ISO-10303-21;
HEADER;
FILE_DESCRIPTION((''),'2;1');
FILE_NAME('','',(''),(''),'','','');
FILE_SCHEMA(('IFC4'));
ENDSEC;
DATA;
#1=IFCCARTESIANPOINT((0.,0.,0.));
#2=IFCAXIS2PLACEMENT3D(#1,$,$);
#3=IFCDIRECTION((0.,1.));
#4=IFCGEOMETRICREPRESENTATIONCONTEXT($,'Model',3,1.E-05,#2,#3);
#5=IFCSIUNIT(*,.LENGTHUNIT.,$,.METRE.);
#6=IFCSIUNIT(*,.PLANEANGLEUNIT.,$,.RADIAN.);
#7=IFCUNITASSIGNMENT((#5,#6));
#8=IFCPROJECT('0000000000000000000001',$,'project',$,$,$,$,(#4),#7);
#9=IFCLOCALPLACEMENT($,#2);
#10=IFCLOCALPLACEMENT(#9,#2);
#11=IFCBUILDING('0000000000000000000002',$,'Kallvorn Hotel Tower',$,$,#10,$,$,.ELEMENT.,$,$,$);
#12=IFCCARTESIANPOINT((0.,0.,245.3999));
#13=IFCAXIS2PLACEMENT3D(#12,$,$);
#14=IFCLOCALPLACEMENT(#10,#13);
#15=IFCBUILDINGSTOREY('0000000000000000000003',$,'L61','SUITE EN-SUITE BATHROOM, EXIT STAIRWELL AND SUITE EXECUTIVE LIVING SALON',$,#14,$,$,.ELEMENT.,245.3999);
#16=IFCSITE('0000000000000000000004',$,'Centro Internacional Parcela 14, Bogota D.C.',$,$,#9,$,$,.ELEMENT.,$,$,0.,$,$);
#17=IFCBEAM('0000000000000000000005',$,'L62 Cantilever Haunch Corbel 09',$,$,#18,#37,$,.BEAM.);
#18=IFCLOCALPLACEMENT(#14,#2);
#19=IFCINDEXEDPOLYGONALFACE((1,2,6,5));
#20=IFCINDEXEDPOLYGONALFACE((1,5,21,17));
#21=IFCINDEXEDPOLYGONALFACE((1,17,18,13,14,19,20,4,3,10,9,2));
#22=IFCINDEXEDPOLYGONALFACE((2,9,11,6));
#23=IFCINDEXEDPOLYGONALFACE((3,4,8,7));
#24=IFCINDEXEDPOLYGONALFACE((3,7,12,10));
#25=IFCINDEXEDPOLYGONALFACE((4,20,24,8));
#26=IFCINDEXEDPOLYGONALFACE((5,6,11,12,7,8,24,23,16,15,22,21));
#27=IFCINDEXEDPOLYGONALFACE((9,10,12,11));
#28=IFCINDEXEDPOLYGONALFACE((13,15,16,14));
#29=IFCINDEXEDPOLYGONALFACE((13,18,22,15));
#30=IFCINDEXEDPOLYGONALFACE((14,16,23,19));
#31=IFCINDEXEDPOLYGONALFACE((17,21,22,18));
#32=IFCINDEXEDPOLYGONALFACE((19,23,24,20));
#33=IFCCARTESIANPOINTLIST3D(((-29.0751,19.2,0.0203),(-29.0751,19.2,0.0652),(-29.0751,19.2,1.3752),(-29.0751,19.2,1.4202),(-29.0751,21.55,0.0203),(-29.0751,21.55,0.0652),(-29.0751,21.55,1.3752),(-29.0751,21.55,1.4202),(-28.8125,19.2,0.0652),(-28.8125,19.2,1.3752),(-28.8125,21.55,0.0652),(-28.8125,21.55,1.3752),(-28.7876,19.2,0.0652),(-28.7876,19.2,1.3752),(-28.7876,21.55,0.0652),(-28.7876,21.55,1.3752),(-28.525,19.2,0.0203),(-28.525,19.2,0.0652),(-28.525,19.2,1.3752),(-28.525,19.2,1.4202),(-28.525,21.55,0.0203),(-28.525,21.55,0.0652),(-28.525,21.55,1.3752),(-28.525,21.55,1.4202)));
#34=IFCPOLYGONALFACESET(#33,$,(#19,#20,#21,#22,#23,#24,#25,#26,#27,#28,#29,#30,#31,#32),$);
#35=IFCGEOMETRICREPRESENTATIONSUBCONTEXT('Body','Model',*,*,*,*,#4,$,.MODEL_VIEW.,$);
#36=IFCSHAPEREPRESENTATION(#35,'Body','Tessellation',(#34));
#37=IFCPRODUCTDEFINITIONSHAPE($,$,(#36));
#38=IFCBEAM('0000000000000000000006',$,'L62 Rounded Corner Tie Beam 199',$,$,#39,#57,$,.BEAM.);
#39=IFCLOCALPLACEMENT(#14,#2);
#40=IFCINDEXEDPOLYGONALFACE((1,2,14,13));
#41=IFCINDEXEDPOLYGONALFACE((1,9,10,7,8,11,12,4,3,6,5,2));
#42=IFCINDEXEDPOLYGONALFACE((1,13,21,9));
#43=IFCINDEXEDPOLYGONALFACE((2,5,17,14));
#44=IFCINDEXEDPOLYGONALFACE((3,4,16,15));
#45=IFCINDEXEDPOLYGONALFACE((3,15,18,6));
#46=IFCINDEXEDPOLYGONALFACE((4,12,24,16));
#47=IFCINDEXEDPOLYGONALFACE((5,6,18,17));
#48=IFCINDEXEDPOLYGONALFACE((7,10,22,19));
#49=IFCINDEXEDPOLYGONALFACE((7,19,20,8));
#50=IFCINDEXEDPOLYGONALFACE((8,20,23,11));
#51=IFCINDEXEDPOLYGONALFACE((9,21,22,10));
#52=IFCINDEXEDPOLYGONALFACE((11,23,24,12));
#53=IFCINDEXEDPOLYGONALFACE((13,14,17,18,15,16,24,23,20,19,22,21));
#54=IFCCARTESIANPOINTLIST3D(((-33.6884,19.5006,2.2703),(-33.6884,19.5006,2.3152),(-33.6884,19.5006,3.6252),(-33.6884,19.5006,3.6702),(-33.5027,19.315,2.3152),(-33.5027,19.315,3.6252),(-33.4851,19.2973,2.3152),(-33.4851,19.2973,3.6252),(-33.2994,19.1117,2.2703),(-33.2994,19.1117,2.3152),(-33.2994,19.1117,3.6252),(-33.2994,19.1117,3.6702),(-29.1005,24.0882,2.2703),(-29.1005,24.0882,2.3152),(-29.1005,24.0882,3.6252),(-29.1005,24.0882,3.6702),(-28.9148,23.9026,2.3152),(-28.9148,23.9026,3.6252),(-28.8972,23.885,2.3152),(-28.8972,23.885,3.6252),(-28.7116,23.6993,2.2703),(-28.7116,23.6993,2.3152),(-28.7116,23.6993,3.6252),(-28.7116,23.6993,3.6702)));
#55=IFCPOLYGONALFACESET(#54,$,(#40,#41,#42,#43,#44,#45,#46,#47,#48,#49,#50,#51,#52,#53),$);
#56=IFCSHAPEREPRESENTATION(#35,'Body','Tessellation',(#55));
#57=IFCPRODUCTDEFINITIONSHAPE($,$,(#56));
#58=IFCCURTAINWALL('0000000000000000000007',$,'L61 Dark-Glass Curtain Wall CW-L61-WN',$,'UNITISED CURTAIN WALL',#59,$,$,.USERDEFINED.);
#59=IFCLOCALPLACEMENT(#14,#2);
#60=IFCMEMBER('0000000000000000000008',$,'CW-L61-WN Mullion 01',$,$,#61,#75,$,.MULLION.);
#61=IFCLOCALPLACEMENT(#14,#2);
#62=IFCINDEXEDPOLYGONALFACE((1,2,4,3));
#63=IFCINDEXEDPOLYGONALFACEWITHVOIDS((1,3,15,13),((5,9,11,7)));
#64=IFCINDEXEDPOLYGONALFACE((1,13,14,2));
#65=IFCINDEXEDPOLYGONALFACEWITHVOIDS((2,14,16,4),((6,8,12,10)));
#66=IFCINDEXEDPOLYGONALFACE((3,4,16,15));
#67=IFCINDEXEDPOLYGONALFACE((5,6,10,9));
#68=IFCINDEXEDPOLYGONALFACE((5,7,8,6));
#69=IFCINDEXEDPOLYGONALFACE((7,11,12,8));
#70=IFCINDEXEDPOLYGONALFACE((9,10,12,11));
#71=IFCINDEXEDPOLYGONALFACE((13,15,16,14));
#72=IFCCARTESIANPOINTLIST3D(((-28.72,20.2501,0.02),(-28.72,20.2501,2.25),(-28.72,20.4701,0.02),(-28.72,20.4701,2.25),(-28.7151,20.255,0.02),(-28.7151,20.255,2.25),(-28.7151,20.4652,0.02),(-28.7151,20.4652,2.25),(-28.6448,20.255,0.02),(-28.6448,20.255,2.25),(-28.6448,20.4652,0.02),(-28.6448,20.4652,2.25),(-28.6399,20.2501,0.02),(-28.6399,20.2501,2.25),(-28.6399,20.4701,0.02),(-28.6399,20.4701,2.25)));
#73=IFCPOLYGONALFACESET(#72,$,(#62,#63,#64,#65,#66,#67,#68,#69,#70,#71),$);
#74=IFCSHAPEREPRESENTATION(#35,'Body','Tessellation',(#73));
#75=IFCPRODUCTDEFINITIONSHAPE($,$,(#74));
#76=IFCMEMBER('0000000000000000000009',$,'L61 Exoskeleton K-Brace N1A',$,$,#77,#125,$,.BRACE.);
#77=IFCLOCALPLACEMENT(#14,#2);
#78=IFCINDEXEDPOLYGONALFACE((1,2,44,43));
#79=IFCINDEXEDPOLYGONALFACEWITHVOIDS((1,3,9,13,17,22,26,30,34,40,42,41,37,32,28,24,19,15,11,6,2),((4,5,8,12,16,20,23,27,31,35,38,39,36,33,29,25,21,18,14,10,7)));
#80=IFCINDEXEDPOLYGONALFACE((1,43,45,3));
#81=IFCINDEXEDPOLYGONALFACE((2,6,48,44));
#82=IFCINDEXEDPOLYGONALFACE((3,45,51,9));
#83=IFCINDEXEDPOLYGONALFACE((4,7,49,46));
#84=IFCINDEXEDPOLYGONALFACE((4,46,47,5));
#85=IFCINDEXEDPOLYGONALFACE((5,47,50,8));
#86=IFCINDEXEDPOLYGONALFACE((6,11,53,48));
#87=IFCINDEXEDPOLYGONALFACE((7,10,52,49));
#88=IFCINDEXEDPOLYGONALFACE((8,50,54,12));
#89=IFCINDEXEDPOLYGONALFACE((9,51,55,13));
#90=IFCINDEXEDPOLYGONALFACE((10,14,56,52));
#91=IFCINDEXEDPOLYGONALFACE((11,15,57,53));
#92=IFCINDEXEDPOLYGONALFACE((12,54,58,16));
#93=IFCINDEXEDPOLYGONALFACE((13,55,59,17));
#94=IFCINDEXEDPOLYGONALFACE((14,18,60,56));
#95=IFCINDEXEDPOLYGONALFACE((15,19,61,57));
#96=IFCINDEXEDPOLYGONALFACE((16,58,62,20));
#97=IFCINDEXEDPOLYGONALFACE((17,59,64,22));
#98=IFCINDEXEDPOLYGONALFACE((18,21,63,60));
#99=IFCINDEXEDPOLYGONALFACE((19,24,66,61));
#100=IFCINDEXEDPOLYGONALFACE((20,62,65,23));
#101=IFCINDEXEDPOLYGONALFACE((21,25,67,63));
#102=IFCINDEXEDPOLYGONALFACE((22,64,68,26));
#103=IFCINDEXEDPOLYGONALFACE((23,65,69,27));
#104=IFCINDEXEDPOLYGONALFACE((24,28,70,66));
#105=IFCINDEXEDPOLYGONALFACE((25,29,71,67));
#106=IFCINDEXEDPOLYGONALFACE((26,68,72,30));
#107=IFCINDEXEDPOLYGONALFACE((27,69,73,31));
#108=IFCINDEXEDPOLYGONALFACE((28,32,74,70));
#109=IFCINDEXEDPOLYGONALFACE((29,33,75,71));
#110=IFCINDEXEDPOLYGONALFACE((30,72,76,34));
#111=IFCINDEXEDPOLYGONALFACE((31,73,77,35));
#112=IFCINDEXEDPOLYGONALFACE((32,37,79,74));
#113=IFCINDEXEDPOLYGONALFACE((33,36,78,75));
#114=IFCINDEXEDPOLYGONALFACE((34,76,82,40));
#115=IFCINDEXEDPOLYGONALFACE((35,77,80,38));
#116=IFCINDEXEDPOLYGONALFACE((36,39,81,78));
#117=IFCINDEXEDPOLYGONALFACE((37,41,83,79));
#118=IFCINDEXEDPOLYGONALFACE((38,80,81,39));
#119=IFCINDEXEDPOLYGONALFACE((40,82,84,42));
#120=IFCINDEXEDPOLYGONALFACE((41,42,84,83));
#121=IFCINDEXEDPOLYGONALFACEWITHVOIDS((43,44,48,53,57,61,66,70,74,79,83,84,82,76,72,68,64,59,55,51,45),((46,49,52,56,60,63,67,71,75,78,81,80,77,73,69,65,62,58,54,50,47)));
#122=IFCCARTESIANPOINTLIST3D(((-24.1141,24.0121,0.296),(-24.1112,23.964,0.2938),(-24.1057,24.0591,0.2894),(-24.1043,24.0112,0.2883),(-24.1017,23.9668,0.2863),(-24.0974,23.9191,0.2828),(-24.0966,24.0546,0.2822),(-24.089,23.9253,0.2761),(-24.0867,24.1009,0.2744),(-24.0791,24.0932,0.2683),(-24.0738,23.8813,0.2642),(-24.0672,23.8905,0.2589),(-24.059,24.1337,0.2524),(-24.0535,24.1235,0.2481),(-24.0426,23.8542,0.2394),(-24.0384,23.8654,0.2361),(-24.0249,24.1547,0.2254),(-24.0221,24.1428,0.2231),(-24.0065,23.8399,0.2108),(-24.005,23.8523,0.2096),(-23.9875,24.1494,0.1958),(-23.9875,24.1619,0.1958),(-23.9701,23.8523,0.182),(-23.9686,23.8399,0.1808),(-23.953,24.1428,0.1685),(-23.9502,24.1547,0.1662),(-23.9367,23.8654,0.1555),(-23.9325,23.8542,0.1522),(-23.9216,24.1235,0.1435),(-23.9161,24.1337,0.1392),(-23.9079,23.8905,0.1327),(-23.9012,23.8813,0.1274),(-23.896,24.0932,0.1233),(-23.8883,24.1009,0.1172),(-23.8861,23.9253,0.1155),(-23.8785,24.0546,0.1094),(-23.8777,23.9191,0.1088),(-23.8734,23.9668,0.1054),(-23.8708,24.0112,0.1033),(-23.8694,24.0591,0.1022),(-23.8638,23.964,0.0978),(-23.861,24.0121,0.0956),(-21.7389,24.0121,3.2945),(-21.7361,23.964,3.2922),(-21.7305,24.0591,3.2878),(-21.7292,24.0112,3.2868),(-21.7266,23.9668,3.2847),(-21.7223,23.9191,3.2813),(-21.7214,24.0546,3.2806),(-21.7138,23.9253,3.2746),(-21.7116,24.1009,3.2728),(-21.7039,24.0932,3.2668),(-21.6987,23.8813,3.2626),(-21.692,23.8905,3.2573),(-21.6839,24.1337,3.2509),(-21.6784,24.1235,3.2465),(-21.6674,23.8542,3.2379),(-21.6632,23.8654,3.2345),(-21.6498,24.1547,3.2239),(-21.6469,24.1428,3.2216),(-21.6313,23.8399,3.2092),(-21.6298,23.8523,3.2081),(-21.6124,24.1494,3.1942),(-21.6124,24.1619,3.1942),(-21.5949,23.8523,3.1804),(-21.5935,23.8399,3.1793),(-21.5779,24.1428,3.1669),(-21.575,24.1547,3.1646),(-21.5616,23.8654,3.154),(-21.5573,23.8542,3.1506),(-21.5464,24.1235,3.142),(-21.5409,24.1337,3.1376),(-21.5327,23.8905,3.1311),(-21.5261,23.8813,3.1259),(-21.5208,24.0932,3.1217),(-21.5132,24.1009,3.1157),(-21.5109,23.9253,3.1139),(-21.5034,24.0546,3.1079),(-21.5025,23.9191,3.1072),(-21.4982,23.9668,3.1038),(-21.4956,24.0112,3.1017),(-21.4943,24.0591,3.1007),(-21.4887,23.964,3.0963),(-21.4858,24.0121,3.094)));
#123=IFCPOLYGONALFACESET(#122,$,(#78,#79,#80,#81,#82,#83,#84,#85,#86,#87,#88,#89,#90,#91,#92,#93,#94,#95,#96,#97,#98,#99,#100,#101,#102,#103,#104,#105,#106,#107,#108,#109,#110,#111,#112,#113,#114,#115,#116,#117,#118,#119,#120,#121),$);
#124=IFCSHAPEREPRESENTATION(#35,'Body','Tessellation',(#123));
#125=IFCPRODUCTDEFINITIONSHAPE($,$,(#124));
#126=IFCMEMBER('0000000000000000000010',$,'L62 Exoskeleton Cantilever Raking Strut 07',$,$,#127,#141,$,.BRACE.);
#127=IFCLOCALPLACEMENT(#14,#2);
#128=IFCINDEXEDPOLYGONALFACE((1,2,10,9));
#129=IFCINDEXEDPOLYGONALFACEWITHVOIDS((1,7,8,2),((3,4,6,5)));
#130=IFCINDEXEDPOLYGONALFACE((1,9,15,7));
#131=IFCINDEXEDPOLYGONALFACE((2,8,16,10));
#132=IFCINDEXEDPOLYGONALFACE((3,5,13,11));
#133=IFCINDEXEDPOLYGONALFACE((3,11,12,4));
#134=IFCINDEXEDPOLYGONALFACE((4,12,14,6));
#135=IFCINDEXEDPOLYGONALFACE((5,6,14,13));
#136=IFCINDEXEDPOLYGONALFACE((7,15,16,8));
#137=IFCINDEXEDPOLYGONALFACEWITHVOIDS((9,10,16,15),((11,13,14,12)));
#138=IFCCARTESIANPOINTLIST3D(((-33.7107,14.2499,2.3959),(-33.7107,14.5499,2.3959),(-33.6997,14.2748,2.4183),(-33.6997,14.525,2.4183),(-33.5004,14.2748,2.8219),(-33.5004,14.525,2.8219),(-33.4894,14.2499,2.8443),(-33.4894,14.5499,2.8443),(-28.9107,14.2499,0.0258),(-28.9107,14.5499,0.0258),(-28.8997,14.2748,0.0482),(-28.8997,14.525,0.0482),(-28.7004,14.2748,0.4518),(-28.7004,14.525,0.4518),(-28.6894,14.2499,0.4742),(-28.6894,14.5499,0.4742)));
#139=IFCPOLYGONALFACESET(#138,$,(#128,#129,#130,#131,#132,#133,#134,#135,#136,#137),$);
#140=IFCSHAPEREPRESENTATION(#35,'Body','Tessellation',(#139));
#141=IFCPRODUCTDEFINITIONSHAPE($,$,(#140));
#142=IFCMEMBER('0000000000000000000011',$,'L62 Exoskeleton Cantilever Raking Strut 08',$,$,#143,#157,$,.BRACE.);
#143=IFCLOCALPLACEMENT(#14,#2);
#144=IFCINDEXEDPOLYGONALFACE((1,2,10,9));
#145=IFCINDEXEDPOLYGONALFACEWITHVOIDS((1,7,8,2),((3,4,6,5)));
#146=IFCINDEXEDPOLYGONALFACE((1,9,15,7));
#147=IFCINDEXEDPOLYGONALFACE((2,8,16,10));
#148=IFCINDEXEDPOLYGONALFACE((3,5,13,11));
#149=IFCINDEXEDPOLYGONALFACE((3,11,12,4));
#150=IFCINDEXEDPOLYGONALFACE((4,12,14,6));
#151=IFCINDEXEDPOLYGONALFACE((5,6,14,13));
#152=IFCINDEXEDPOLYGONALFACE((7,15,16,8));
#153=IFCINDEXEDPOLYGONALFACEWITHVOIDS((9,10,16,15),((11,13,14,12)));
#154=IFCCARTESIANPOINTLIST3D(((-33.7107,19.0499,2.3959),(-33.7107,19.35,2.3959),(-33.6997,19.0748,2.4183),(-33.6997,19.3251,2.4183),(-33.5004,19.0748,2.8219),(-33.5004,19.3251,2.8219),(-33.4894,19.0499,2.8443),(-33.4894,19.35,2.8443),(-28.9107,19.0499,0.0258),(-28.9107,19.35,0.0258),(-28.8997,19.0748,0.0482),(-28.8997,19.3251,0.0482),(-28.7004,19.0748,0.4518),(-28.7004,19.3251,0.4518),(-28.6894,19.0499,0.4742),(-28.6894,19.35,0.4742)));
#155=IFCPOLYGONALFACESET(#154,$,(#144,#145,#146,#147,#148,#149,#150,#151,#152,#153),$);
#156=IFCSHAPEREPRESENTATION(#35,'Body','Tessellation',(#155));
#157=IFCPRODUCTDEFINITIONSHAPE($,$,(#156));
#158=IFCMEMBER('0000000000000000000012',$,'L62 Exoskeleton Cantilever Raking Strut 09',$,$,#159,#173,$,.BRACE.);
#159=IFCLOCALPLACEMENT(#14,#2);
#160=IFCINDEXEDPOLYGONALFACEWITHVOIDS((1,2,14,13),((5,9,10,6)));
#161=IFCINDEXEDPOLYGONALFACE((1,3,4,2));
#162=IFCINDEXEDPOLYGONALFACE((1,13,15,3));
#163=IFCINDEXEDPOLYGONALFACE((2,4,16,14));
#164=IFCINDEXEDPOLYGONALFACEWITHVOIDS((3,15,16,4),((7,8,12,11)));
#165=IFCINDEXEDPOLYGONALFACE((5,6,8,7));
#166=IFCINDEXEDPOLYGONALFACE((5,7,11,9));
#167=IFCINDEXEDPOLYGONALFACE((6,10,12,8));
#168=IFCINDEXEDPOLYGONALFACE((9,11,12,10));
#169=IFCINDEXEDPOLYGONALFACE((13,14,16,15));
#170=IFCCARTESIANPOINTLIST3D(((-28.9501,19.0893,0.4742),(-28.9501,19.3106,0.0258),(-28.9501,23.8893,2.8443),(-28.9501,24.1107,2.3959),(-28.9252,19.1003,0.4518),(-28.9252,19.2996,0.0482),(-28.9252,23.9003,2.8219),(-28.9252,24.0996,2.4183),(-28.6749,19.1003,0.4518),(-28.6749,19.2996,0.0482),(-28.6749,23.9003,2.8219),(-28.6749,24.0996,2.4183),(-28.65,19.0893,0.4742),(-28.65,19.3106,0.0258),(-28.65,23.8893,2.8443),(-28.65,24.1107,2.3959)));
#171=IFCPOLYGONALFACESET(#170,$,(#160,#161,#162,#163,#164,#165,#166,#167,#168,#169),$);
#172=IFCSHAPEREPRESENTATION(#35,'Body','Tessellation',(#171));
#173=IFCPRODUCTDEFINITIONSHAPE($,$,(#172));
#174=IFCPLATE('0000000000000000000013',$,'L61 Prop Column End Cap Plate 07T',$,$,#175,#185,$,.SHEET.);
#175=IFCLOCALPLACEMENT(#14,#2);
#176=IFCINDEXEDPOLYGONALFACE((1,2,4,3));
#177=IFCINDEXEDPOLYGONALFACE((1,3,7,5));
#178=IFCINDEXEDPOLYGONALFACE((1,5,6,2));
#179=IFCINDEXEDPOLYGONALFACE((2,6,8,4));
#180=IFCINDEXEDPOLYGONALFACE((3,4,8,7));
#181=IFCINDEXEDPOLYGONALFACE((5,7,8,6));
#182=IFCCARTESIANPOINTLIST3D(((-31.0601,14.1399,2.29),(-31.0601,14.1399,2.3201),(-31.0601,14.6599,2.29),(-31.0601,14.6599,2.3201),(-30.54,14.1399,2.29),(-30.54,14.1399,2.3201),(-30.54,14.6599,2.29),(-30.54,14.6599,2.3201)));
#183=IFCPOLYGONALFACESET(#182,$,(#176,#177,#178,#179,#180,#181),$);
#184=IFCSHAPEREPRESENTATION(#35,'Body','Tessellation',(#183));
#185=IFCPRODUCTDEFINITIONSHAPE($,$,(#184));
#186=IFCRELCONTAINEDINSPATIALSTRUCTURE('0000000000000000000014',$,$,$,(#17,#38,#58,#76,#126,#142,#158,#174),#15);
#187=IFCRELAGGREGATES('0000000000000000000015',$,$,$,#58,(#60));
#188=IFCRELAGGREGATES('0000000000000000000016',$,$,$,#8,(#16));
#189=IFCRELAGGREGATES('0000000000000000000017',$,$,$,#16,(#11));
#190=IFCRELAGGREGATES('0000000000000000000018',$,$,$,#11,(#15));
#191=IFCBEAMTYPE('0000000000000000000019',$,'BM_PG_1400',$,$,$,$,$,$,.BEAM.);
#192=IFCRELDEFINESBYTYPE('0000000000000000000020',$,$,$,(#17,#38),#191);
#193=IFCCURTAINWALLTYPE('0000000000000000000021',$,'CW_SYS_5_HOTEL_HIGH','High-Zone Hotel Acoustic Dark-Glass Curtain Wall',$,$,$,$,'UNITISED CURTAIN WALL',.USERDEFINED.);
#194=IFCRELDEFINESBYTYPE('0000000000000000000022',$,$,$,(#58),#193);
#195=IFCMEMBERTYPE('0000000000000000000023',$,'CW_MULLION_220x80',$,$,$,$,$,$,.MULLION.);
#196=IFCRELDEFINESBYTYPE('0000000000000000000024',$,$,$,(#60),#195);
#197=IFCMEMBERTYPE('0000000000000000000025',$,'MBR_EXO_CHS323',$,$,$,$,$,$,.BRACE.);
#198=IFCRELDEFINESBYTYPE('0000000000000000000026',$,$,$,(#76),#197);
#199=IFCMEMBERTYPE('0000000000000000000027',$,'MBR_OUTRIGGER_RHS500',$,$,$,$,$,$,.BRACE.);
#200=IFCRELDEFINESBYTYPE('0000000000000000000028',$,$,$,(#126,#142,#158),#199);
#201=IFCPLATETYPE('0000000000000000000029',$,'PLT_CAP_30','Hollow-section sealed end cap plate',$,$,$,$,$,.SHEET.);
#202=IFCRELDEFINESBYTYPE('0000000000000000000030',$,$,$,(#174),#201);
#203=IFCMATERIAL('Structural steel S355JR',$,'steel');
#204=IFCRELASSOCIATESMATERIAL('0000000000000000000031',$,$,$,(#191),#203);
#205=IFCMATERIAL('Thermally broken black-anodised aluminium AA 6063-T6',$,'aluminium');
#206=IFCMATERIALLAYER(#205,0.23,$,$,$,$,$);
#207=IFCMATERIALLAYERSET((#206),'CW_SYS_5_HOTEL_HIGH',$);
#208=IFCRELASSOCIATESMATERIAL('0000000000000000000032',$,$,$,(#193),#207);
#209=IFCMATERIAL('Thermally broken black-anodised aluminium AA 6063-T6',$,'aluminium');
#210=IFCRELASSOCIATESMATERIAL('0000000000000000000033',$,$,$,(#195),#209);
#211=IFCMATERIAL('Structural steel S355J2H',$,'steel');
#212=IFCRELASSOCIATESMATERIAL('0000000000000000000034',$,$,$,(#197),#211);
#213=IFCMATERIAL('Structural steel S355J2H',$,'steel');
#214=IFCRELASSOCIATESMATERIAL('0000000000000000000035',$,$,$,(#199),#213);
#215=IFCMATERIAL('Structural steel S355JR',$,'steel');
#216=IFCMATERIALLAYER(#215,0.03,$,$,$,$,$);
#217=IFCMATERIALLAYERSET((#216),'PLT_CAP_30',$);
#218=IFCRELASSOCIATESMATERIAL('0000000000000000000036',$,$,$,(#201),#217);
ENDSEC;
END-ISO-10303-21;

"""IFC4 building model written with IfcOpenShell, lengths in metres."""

from ifc_helpers import new_model, si_unit, direction, frame, origin, origin_2d, place, context, subcontext, project, spatial, rectangle, hollow_rectangle, hollow_circle, i_section, extrude, material, layer, layer_set, material_profile, profile_set, type_object, element, aggregate, save


model = new_model("IFC4")

# Units and contexts
model_context = context("Model", 3, precision=1e-05, world=origin(), true_north=direction((0.0, 1.0)))
body_context = subcontext(model_context, "Body", "Model", "MODEL_VIEW")
ifc_project = project(units=[si_unit("LENGTHUNIT", "METRE"), si_unit("PLANEANGLEUNIT", "RADIAN")], contexts=[model_context])

# Site, building, storey
site_placement = place(None, origin())
site = spatial("IfcSite", under=ifc_project, at=site_placement, Name="Centro Internacional Parcela 14, Bogota D.C.", CompositionType="ELEMENT", RefElevation=0.0)
building_placement = place(site_placement, origin())
building = spatial("IfcBuilding", under=site, at=building_placement, Name="Kallvorn Hotel Tower", CompositionType="ELEMENT")
storey_placement = place(building_placement, frame((0.0, 0.0, 245.3999)))
storey = spatial("IfcBuildingStorey", under=building, at=storey_placement, Name="L61", Description="SUITE EN-SUITE BATHROOM, EXIT STAIRWELL AND SUITE EXECUTIVE LIVING SALON", CompositionType="ELEMENT", Elevation=245.3999)

# Beams
ifc_material_1 = material(Name="Structural steel S355JR", Category="steel")
ifc_material_profile_1 = material_profile(ifc_material_1, i_section(OverallWidth=0.55, OverallDepth=1.3999, WebThickness=0.0249, FlangeThickness=0.0449, at=origin_2d()), Name="PG 1400x550x25x45")
ifc_profile_set_1 = profile_set([ifc_material_profile_1], Name="Structural steel S355JR")
beam_type_1 = type_object("IfcBeamType", Name="BM_PG_1400", PredefinedType="BEAM", material=ifc_profile_set_1)
beam_1_placement = place(storey_placement, frame((-28.8, 19.2, 0.7202), z_axis=(0.0, 1.0, 0.0), x_axis=(-1.0, 0.0, 0.0)))
element("IfcBeam", 1, at=beam_1_placement, inside=storey, type_object=beam_type_1, Name="L62 Cantilever Haunch Corbel 09", PredefinedType="BEAM", context=body_context, shape_type="SweptSolid", body=[
    extrude(i_section(OverallWidth=0.55, OverallDepth=1.3999, WebThickness=0.0249, FlangeThickness=0.0449, at=origin_2d()), origin(), (0.0, 0.0, 1.0), 2.3501),
])
beam_2_placement = place(storey_placement, frame((-33.4939, 19.3062, 2.9702), z_axis=(0.707126, 0.707088, 0.0), x_axis=(-0.707088, 0.707126, 0.0)))
element("IfcBeam", 2, at=beam_2_placement, inside=storey, type_object=beam_type_1, Name="L62 Rounded Corner Tie Beam 199", PredefinedType="BEAM", context=body_context, shape_type="SweptSolid", body=[
    extrude(i_section(OverallWidth=0.55, OverallDepth=1.3999, WebThickness=0.0249, FlangeThickness=0.0449, at=origin_2d()), origin(), (0.0, 0.0, 1.0), 6.488),
])

# Curtain wall, member
ifc_material_2 = material(Name="Thermally broken black-anodised aluminium AA 6063-T6", Category="aluminium")
ifc_layer_1 = layer(ifc_material_2, 0.23)
ifc_layer_set_1 = layer_set([ifc_layer_1], Name="CW_SYS_5_HOTEL_HIGH")
curtain_wall_type = type_object("IfcCurtainWallType", Name="CW_SYS_5_HOTEL_HIGH", Description="High-Zone Hotel Acoustic Dark-Glass Curtain Wall", ElementType="UNITISED CURTAIN WALL", PredefinedType="USERDEFINED", material=ifc_layer_set_1)
curtain_wall_placement = place(storey_placement, origin())
curtain_wall = element("IfcCurtainWall", 3, at=curtain_wall_placement, inside=storey, type_object=curtain_wall_type, Name="L61 Dark-Glass Curtain Wall CW-L61-WN", ObjectType="UNITISED CURTAIN WALL", PredefinedType="USERDEFINED")
ifc_material_3 = material(Name="Thermally broken black-anodised aluminium AA 6063-T6", Category="aluminium")
ifc_material_profile_2 = material_profile(ifc_material_3, hollow_rectangle(XDim=0.0801, YDim=0.22, WallThickness=0.0049, at=origin_2d()), Name="MUL 220x80")
ifc_profile_set_2 = profile_set([ifc_material_profile_2], Name="Thermally broken black-anodised aluminium AA 6063-T6")
member_type_1 = type_object("IfcMemberType", Name="CW_MULLION_220x80", PredefinedType="MULLION", material=ifc_profile_set_2)
member_1_placement = place(storey_placement, frame((-28.6799, 20.3601, 0.02), z_axis=(0.0, 0.0, 1.0), x_axis=(1.0, 0.0, 0.0)))
member_1 = element("IfcMember", 4, at=member_1_placement, type_object=member_type_1, Name="CW-L61-WN Mullion 01", PredefinedType="MULLION", context=body_context, shape_type="SweptSolid", body=[
    extrude(hollow_rectangle(XDim=0.0801, YDim=0.22, WallThickness=0.0049, at=origin_2d()), origin(), (0.0, 0.0, 1.0), 2.23),
])
aggregate(curtain_wall, [member_1])

# Members
ifc_material_4 = material(Name="Structural steel S355J2H", Category="steel")
ifc_material_profile_3 = material_profile(ifc_material_4, hollow_circle(Radius=0.1619, WallThickness=0.0125, at=origin_2d()), Name="CHS 323.9x12.5")
ifc_profile_set_3 = profile_set([ifc_material_profile_3], Name="Structural steel S355J2H")
member_type_2 = type_object("IfcMemberType", Name="MBR_EXO_CHS323", PredefinedType="BRACE", material=ifc_profile_set_3)
member_2_placement = place(storey_placement, frame((-23.9875, 24.0, 0.1958), z_axis=(0.620929, 0.0, 0.783867), x_axis=(0.0, 1.0, 0.0)))
element("IfcMember", 5, at=member_2_placement, inside=storey, type_object=member_type_2, Name="L61 Exoskeleton K-Brace N1A", PredefinedType="BRACE", context=body_context, shape_type="SweptSolid", body=[
    extrude(hollow_circle(Radius=0.1619, WallThickness=0.0125, at=origin_2d()), origin(), (0.0, 0.0, 1.0), 3.8252),
])
ifc_material_5 = material(Name="Structural steel S355J2H", Category="steel")
ifc_material_profile_4 = material_profile(ifc_material_5, hollow_rectangle(XDim=0.3, YDim=0.5, WallThickness=0.0249, at=origin_2d()), Name="RHS 500x300x25")
ifc_profile_set_4 = profile_set([ifc_material_profile_4], Name="Structural steel S355J2H")
member_type_3 = type_object("IfcMemberType", Name="MBR_OUTRIGGER_RHS500", PredefinedType="BRACE", material=ifc_profile_set_4)
for number, where, z_axis, x_axis, name in (
    (6, (-28.8, 14.3999, 0.25), (-0.896651, 0.0, 0.442739), (0.0, -1.0, 0.0), "L62 Exoskeleton Cantilever Raking Strut 07"),
    (7, (-28.8, 19.2, 0.25), (-0.896651, 0.0, 0.442739), (0.0, -1.0, 0.0), "L62 Exoskeleton Cantilever Raking Strut 08"),
    (8, (-28.8, 19.2, 0.25), (0.0, 0.896651, 0.442739), (-1.0, 0.0, 0.0), "L62 Exoskeleton Cantilever Raking Strut 09"),
):
    element("IfcMember", number, at=place(storey_placement, frame(where, z_axis=z_axis, x_axis=x_axis)), inside=storey, type_object=member_type_3, Name=name, PredefinedType="BRACE", context=body_context, shape_type="SweptSolid", body=[
        extrude(hollow_rectangle(XDim=0.3, YDim=0.5, WallThickness=0.0249, at=origin_2d()), origin(), (0.0, 0.0, 1.0), 5.3533),
    ])

# Plate
ifc_material_6 = material(Name="Structural steel S355JR", Category="steel")
ifc_layer_2 = layer(ifc_material_6, 0.03)
ifc_layer_set_2 = layer_set([ifc_layer_2], Name="PLT_CAP_30")
plate_type = type_object("IfcPlateType", Name="PLT_CAP_30", Description="Hollow-section sealed end cap plate", PredefinedType="SHEET", material=ifc_layer_set_2)
plate_1_placement = place(storey_placement, frame((-30.8, 14.3999, 2.29), z_axis=(0.0, 0.0, 1.0), x_axis=(1.0, 0.0, 0.0)))
element("IfcPlate", 9, at=plate_1_placement, inside=storey, type_object=plate_type, Name="L61 Prop Column End Cap Plate 07T", PredefinedType="SHEET", context=body_context, shape_type="SweptSolid", body=[
    extrude(rectangle(XDim=0.52, YDim=0.52, at=origin_2d()), origin(), (0.0, 0.0, 1.0), 0.03),
])

save(model, "model.ifc")
